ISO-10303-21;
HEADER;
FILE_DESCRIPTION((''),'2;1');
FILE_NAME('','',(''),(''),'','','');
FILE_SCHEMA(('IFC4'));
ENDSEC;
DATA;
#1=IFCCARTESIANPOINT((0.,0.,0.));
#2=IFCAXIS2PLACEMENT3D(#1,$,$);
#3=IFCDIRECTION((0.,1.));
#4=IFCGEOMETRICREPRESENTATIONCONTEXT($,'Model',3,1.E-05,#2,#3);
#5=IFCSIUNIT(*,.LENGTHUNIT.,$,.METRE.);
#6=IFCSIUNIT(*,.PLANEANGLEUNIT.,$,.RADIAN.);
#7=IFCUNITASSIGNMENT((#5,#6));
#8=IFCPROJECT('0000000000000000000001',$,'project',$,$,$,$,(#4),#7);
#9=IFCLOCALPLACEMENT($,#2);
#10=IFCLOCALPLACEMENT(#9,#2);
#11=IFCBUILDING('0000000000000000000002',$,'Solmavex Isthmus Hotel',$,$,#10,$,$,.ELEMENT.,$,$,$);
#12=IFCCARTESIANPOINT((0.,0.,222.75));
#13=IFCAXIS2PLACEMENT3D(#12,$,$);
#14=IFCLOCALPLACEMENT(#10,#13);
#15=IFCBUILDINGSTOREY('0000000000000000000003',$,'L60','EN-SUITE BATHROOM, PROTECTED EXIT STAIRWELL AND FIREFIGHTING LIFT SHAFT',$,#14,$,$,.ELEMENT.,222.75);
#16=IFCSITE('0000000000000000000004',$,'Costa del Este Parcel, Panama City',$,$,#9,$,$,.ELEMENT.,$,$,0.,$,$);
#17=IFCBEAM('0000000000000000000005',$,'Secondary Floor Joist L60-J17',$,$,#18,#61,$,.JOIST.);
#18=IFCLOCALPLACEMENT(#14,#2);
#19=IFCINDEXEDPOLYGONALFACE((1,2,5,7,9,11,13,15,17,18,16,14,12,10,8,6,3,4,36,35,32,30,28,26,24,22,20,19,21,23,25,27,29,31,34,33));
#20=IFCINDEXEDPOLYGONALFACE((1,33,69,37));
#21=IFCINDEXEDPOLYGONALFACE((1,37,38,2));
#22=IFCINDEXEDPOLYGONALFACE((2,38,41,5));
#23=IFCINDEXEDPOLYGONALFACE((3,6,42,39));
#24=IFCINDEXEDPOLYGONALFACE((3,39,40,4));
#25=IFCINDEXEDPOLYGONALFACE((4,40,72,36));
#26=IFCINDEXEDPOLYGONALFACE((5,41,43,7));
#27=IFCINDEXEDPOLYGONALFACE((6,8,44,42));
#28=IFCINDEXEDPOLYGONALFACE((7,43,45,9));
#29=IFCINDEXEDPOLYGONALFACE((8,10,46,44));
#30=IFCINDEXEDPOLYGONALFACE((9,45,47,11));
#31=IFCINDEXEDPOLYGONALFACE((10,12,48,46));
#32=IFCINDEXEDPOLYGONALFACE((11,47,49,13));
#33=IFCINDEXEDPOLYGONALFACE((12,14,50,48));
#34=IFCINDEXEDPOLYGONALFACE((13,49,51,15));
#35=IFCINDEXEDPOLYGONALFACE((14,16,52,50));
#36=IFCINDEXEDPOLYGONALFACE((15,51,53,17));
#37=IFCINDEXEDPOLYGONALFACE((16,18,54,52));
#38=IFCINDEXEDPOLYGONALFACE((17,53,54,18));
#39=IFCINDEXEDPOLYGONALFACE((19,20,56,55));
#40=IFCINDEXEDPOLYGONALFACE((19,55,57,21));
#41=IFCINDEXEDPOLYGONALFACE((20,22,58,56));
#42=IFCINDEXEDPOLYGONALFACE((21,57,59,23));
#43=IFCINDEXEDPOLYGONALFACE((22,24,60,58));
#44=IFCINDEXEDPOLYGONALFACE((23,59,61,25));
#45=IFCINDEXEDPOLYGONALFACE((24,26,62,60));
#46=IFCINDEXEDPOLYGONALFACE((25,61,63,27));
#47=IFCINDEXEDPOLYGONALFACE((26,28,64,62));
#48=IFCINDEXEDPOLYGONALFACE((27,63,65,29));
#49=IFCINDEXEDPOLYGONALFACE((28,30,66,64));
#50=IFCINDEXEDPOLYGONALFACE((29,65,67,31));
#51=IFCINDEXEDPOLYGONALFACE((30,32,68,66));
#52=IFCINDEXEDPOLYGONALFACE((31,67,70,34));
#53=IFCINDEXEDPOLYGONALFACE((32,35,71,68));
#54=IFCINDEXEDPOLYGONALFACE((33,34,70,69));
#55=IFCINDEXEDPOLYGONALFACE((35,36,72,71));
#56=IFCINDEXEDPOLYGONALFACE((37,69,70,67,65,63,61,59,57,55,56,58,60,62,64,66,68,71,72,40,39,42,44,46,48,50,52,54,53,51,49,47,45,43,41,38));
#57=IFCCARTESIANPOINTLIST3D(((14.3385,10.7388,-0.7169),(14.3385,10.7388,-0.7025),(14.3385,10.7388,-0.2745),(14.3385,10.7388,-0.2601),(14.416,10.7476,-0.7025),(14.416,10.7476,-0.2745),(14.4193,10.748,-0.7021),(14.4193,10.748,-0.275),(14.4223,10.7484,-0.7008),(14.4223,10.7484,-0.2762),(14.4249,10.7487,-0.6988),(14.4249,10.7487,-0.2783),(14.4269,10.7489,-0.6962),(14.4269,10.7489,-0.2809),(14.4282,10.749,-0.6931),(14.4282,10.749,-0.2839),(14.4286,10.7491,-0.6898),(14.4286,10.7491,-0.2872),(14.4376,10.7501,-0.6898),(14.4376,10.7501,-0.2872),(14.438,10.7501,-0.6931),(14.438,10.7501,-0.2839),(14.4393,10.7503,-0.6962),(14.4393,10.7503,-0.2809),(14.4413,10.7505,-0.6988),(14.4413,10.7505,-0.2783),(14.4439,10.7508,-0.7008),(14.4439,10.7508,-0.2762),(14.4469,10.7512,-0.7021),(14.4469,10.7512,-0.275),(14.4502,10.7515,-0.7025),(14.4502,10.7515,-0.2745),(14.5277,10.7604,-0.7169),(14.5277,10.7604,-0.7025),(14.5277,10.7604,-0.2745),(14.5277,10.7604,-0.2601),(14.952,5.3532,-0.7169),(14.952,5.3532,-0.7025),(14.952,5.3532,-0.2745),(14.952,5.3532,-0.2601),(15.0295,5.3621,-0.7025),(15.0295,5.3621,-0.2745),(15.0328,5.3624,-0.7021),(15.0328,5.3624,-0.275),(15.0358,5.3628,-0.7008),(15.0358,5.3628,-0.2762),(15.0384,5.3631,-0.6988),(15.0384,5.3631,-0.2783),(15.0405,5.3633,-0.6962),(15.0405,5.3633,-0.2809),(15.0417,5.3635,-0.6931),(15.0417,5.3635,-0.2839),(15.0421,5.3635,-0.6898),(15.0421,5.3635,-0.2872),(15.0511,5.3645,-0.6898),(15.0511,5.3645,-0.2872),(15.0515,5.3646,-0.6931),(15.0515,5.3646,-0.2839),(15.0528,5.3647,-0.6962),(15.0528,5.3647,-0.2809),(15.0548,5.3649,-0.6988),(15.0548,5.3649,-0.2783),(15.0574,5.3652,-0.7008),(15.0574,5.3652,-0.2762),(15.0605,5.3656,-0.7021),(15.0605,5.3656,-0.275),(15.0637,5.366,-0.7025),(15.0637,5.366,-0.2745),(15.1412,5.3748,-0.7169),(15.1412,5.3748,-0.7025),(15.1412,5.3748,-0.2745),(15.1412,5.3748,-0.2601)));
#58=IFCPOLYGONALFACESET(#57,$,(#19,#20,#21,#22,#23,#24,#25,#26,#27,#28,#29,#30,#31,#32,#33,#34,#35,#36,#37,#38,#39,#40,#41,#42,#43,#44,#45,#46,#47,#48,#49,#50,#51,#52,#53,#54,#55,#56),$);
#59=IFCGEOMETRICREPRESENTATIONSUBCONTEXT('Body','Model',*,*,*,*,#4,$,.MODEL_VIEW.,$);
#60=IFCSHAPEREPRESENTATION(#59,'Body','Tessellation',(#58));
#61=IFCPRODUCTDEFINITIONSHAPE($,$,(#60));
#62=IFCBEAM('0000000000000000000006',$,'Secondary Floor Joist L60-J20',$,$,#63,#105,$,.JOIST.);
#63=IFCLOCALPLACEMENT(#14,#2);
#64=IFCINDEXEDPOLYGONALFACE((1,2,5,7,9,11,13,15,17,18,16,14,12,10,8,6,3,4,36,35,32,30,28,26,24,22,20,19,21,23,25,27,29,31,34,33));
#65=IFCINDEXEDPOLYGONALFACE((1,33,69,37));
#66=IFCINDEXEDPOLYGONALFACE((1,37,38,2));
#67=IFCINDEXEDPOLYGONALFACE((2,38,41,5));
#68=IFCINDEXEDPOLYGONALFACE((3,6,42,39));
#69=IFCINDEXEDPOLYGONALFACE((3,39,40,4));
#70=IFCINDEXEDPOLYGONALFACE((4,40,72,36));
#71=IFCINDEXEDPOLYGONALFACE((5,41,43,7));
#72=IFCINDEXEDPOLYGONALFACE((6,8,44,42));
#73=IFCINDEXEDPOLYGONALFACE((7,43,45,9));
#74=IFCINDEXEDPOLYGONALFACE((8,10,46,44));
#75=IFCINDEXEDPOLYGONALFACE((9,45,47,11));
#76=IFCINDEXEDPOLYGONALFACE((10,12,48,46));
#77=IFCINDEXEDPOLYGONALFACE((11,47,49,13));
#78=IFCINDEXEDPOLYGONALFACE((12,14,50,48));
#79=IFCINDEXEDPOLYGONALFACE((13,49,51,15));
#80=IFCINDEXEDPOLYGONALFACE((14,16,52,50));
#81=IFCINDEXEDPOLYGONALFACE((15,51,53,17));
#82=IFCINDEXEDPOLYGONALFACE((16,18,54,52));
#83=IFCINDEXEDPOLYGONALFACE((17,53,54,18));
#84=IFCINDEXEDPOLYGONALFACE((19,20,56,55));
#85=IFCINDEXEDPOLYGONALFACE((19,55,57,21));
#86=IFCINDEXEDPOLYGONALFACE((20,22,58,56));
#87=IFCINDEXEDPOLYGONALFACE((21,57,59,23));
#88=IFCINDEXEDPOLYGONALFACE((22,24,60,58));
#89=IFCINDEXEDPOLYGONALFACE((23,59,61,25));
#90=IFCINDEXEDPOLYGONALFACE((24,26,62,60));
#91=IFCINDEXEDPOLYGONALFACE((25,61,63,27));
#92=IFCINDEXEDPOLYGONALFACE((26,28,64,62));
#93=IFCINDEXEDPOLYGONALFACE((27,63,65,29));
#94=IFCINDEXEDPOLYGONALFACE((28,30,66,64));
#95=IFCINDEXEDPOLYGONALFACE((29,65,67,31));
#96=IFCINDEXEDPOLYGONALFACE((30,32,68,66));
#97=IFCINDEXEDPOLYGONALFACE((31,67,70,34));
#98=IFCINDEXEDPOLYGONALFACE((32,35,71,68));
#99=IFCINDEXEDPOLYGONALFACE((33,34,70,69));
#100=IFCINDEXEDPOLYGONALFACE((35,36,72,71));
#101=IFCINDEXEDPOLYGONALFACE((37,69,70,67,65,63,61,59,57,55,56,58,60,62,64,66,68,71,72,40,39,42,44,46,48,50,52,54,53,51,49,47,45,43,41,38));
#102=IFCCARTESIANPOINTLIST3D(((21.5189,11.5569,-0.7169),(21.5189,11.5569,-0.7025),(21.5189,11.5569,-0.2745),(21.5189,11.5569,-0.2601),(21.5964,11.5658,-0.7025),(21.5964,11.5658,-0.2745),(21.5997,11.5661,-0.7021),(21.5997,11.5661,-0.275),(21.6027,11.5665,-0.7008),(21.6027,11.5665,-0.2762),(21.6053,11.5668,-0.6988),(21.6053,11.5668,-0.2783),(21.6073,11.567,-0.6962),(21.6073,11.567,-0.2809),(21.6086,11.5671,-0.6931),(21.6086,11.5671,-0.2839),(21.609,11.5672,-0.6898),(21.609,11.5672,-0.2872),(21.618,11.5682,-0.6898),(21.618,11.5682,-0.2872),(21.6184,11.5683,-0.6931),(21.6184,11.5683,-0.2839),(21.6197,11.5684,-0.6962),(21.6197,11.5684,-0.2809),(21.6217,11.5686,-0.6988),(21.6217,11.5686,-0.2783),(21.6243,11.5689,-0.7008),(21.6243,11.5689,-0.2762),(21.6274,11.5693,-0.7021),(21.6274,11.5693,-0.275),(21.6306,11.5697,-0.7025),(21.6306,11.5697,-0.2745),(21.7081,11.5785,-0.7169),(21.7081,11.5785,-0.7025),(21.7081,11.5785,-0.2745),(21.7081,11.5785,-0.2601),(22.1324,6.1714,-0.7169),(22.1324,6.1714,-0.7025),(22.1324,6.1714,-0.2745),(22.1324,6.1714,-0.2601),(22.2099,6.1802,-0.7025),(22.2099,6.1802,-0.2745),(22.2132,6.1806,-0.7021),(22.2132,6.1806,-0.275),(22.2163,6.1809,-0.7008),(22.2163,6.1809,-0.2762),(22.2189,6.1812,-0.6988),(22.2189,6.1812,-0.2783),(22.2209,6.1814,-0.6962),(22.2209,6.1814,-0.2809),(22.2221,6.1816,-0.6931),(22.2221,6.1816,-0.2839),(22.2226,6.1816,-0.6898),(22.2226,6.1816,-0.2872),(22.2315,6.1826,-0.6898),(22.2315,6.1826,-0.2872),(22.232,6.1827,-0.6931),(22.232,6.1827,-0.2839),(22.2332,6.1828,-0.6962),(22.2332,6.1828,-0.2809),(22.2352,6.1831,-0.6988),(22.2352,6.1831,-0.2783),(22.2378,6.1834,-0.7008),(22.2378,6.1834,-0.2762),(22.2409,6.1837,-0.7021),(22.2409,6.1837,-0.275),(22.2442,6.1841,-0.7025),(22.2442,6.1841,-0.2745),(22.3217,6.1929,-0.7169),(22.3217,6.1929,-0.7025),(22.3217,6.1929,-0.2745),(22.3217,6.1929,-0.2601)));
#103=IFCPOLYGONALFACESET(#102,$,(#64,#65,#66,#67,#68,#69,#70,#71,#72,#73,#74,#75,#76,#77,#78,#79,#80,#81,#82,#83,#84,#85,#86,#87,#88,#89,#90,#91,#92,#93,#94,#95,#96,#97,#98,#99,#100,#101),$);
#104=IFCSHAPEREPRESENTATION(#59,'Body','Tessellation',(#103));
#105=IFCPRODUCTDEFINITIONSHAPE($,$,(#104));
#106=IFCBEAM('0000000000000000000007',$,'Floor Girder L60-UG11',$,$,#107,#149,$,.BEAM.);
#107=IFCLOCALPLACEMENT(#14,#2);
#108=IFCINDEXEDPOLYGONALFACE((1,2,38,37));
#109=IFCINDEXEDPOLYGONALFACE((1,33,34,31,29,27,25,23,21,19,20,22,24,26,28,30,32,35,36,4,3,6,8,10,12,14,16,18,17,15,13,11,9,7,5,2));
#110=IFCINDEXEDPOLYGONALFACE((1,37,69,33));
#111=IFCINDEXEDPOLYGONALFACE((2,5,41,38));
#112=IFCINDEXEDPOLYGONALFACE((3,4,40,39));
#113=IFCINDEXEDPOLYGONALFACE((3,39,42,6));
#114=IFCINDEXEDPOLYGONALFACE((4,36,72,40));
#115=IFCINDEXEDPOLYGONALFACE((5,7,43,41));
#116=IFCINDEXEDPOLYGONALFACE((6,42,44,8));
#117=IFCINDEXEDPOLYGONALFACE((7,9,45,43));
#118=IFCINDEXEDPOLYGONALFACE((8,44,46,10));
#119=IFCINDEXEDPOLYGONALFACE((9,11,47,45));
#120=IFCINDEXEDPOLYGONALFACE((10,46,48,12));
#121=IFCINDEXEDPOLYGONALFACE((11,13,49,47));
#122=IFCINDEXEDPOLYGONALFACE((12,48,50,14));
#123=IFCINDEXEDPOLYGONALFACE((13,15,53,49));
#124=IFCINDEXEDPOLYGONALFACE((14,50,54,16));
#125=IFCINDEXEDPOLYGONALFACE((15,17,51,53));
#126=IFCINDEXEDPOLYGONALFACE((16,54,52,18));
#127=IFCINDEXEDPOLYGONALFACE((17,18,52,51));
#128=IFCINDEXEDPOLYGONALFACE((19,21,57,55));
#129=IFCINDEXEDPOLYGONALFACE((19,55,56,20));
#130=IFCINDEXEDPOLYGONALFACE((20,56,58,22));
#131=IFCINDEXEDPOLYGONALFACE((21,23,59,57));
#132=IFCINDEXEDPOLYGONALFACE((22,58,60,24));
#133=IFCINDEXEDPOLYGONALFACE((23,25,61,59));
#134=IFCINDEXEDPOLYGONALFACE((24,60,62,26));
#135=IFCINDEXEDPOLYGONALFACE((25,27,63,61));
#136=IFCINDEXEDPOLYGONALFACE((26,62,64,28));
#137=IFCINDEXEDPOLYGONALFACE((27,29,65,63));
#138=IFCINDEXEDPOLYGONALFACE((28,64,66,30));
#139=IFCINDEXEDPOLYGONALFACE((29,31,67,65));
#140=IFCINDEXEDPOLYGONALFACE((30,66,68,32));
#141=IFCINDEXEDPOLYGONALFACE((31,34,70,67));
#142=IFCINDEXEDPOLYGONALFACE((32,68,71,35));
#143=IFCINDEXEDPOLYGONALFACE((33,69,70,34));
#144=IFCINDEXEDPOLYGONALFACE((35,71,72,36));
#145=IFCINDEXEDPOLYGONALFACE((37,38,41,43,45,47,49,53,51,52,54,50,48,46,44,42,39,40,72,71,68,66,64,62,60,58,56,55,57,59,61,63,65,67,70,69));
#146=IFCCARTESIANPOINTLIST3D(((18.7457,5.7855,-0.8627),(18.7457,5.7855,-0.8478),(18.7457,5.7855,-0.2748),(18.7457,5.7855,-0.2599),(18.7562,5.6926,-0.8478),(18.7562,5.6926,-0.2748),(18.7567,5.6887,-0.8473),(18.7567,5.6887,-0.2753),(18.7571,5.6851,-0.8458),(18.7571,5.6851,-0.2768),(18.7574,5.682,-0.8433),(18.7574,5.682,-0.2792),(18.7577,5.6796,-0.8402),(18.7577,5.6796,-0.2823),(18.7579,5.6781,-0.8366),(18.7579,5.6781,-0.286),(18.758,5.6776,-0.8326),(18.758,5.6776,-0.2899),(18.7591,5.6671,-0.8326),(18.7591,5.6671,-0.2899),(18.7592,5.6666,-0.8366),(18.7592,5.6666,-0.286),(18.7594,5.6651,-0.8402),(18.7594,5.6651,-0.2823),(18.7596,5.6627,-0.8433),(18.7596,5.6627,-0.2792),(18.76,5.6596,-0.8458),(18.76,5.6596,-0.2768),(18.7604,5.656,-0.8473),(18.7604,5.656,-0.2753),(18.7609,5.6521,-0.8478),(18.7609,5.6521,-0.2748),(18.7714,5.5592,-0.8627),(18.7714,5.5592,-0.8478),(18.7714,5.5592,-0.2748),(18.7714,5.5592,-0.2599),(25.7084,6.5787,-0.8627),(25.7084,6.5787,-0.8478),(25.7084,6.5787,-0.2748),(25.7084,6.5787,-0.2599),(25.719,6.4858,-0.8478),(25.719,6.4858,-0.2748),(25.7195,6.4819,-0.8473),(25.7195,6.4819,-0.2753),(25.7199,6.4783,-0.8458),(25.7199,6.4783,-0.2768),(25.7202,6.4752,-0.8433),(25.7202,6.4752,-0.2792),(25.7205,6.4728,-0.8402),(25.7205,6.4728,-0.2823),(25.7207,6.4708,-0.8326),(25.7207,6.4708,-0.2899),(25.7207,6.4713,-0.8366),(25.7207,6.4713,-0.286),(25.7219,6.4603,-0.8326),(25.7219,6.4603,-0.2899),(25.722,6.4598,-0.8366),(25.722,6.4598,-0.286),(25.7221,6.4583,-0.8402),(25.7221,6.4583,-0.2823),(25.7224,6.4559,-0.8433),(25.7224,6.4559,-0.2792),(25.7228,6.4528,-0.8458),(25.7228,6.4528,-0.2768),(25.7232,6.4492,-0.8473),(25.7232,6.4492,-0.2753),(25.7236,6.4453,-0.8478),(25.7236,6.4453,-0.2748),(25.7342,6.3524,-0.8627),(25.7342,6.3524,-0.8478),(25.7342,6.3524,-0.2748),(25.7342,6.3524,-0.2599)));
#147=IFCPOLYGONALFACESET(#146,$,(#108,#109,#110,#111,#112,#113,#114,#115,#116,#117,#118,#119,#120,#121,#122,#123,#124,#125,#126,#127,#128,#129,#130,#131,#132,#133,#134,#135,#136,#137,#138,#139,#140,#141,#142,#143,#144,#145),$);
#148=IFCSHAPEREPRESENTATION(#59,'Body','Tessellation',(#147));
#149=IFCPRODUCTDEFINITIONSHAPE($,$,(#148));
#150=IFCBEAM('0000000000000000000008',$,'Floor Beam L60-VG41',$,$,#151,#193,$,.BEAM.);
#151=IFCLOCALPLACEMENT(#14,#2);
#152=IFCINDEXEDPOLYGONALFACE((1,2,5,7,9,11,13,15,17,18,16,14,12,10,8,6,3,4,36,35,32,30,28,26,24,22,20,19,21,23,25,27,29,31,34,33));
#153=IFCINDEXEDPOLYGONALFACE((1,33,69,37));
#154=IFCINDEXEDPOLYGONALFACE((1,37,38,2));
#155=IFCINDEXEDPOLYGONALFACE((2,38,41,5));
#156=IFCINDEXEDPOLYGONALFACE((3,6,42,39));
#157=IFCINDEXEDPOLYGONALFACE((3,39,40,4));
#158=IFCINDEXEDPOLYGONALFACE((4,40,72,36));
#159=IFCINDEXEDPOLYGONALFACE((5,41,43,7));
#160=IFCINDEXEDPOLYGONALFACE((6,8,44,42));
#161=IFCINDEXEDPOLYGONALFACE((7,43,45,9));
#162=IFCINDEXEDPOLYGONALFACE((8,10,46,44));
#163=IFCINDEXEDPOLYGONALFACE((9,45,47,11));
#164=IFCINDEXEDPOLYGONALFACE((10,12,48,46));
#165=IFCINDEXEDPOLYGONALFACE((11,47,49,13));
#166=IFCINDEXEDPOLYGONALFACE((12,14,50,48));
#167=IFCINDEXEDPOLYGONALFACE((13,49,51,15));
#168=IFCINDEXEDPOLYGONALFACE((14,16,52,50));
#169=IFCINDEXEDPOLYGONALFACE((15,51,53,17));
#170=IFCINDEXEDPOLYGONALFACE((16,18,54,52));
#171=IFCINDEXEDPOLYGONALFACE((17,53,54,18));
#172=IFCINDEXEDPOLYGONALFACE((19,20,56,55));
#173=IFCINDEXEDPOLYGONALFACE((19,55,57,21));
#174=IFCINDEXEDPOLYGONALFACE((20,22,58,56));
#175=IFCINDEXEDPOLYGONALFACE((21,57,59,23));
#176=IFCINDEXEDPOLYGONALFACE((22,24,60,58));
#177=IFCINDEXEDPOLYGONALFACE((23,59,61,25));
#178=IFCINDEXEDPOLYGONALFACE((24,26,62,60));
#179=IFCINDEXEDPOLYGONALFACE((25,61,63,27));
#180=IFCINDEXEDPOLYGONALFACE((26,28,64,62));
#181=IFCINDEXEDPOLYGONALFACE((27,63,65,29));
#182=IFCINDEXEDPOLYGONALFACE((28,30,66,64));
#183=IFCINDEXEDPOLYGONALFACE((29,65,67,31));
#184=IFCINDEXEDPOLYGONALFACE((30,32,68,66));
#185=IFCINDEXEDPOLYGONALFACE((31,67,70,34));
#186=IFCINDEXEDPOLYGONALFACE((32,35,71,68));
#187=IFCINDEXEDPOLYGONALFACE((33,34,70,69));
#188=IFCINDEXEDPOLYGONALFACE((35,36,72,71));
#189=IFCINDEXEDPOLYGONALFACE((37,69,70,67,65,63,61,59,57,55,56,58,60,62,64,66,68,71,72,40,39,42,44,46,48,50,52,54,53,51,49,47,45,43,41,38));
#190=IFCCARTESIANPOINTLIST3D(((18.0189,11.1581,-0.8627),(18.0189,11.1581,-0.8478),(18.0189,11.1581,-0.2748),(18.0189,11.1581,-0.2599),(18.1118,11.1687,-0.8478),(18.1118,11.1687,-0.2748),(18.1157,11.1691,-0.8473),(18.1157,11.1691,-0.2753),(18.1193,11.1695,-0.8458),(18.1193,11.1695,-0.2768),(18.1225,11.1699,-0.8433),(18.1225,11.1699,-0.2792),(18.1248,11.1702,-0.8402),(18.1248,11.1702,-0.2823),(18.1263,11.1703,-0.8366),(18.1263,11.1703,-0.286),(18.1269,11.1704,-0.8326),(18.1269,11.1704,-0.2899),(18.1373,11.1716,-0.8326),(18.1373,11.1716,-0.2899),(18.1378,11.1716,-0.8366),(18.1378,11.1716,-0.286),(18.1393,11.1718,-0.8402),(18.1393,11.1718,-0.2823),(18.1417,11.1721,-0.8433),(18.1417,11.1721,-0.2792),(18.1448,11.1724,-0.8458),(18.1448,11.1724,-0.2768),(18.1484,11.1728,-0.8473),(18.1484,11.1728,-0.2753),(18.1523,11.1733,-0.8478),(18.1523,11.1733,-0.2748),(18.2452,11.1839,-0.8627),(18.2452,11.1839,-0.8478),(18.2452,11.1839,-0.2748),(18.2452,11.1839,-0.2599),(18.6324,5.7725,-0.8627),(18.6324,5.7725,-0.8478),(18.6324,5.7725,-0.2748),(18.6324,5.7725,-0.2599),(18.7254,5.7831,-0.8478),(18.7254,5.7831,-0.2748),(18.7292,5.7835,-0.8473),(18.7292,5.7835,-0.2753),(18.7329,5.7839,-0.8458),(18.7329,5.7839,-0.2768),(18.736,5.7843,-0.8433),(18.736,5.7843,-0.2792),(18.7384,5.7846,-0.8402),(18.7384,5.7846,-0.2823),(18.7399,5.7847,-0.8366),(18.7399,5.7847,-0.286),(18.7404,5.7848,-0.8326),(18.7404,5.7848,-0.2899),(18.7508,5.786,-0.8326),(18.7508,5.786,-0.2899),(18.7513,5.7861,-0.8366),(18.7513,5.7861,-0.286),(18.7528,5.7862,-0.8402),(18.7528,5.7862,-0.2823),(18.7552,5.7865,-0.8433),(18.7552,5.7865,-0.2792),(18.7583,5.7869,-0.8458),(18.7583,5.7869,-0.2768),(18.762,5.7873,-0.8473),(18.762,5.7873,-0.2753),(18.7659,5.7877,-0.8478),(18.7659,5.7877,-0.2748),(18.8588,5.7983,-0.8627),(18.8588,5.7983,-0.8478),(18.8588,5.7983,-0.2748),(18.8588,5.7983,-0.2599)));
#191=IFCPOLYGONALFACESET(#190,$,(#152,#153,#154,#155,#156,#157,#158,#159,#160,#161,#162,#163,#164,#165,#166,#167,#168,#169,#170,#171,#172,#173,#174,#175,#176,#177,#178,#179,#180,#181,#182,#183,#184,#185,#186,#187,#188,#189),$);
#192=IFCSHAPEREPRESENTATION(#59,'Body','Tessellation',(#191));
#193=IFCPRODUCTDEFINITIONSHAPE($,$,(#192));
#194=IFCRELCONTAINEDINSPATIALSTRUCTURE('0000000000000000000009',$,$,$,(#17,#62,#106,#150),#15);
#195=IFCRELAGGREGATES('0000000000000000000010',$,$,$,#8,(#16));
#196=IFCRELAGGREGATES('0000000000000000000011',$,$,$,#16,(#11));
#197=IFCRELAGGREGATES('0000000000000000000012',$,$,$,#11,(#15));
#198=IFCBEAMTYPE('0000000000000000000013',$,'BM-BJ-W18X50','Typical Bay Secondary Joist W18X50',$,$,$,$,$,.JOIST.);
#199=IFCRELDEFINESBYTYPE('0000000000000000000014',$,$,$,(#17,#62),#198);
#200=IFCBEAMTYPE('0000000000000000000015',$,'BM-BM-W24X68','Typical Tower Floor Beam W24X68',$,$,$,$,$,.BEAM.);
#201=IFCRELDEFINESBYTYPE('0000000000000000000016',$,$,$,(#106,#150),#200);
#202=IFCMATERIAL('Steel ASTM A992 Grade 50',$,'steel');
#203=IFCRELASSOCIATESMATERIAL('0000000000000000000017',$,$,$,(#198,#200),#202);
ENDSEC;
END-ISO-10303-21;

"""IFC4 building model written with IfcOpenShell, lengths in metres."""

from ifc_helpers import new_model, si_unit, direction, frame, origin, origin_2d, place, context, subcontext, project, spatial, i_section, extrude, material, material_profile, profile_set, type_object, element, save


model = new_model("IFC4")

# Units and contexts
model_context = context("Model", 3, precision=1e-05, world=origin(), true_north=direction((0.0, 1.0)))
body_context = subcontext(model_context, "Body", "Model", "MODEL_VIEW")
ifc_project = project(units=[si_unit("LENGTHUNIT", "METRE"), si_unit("PLANEANGLEUNIT", "RADIAN")], contexts=[model_context])

# Site, building, storey
site_placement = place(None, origin())
site = spatial("IfcSite", under=ifc_project, at=site_placement, Name="Costa del Este Parcel, Panama City", CompositionType="ELEMENT", RefElevation=0.0)
building_placement = place(site_placement, origin())
building = spatial("IfcBuilding", under=site, at=building_placement, Name="Solmavex Isthmus Hotel", CompositionType="ELEMENT")
storey_placement = place(building_placement, frame((0.0, 0.0, 222.75)))
storey = spatial("IfcBuildingStorey", under=building, at=storey_placement, Name="L60", Description="EN-SUITE BATHROOM, PROTECTED EXIT STAIRWELL AND FIREFIGHTING LIFT SHAFT", CompositionType="ELEMENT", Elevation=222.75)

# Beams
ifc_material_1 = material(Name="Steel ASTM A992 Grade 50", Category="steel")
ifc_material_profile_1 = material_profile(ifc_material_1, i_section(OverallWidth=0.1904, OverallDepth=0.4568, WebThickness=0.009, FlangeThickness=0.0144, FilletRadius=0.0127, at=origin_2d()), Name="W18X50")
ifc_profile_set_1 = profile_set([ifc_material_profile_1], Name="Steel ASTM A992 Grade 50")
beam_type_1 = type_object("IfcBeamType", Name="BM-BJ-W18X50", Description="Typical Bay Secondary Joist W18X50", PredefinedType="JOIST", material=ifc_profile_set_1)
for number, where, z_axis, x_axis, name in (
    (1, (15.0466, 5.364, -0.4885), (-0.11319, 0.993573, 0.0), (-0.993573, -0.11319, 0.0), "Secondary Floor Joist L60-J17"),
    (2, (22.2271, 6.1821, -0.4885), (-0.11319, 0.993573, 0.0), (-0.993573, -0.11319, 0.0), "Secondary Floor Joist L60-J20"),
):
    element("IfcBeam", number, at=place(storey_placement, frame(where, z_axis=z_axis, x_axis=x_axis)), inside=storey, type_object=beam_type_1, Name=name, PredefinedType="JOIST", context=body_context, shape_type="SweptSolid", body=[
        extrude(i_section(OverallWidth=0.1904, OverallDepth=0.4568, WebThickness=0.009, FlangeThickness=0.0144, FilletRadius=0.0127, at=origin_2d()), origin(), (0.0, 0.0, 1.0), 5.4204),
    ])
ifc_material_profile_2 = material_profile(ifc_material_1, i_section(OverallWidth=0.2278, OverallDepth=0.6028, WebThickness=0.0105, FlangeThickness=0.0149, FilletRadius=0.0151, at=origin_2d()), Name="W24X68")
ifc_profile_set_2 = profile_set([ifc_material_profile_2], Name="Steel ASTM A992 Grade 50")
beam_type_2 = type_object("IfcBeamType", Name="BM-BM-W24X68", Description="Typical Tower Floor Beam W24X68", PredefinedType="BEAM", material=ifc_profile_set_2)
beam_1_placement = place(storey_placement, frame((18.7585, 5.6724, -0.5613), z_axis=(0.993574, 0.113188, 0.0), x_axis=(-0.113188, 0.993574, 0.0)))
element("IfcBeam", 3, at=beam_1_placement, inside=storey, type_object=beam_type_2, Name="Floor Girder L60-UG11", PredefinedType="BEAM", context=body_context, shape_type="SweptSolid", body=[
    extrude(i_section(OverallWidth=0.2278, OverallDepth=0.6028, WebThickness=0.0105, FlangeThickness=0.0149, FilletRadius=0.0151, at=origin_2d()), origin(), (0.0, 0.0, 1.0), 7.0078),
])
beam_2_placement = place(storey_placement, frame((18.7456, 5.7854, -0.5613), z_axis=(-0.11319, 0.993573, 0.0), x_axis=(-0.993573, -0.11319, 0.0)))
element("IfcBeam", 4, at=beam_2_placement, inside=storey, type_object=beam_type_2, Name="Floor Beam L60-VG41", PredefinedType="BEAM", context=body_context, shape_type="SweptSolid", body=[
    extrude(i_section(OverallWidth=0.2278, OverallDepth=0.6028, WebThickness=0.0105, FlangeThickness=0.0149, FilletRadius=0.0151, at=origin_2d()), origin(), (0.0, 0.0, 1.0), 5.4204),
])

save(model, "model.ifc")
